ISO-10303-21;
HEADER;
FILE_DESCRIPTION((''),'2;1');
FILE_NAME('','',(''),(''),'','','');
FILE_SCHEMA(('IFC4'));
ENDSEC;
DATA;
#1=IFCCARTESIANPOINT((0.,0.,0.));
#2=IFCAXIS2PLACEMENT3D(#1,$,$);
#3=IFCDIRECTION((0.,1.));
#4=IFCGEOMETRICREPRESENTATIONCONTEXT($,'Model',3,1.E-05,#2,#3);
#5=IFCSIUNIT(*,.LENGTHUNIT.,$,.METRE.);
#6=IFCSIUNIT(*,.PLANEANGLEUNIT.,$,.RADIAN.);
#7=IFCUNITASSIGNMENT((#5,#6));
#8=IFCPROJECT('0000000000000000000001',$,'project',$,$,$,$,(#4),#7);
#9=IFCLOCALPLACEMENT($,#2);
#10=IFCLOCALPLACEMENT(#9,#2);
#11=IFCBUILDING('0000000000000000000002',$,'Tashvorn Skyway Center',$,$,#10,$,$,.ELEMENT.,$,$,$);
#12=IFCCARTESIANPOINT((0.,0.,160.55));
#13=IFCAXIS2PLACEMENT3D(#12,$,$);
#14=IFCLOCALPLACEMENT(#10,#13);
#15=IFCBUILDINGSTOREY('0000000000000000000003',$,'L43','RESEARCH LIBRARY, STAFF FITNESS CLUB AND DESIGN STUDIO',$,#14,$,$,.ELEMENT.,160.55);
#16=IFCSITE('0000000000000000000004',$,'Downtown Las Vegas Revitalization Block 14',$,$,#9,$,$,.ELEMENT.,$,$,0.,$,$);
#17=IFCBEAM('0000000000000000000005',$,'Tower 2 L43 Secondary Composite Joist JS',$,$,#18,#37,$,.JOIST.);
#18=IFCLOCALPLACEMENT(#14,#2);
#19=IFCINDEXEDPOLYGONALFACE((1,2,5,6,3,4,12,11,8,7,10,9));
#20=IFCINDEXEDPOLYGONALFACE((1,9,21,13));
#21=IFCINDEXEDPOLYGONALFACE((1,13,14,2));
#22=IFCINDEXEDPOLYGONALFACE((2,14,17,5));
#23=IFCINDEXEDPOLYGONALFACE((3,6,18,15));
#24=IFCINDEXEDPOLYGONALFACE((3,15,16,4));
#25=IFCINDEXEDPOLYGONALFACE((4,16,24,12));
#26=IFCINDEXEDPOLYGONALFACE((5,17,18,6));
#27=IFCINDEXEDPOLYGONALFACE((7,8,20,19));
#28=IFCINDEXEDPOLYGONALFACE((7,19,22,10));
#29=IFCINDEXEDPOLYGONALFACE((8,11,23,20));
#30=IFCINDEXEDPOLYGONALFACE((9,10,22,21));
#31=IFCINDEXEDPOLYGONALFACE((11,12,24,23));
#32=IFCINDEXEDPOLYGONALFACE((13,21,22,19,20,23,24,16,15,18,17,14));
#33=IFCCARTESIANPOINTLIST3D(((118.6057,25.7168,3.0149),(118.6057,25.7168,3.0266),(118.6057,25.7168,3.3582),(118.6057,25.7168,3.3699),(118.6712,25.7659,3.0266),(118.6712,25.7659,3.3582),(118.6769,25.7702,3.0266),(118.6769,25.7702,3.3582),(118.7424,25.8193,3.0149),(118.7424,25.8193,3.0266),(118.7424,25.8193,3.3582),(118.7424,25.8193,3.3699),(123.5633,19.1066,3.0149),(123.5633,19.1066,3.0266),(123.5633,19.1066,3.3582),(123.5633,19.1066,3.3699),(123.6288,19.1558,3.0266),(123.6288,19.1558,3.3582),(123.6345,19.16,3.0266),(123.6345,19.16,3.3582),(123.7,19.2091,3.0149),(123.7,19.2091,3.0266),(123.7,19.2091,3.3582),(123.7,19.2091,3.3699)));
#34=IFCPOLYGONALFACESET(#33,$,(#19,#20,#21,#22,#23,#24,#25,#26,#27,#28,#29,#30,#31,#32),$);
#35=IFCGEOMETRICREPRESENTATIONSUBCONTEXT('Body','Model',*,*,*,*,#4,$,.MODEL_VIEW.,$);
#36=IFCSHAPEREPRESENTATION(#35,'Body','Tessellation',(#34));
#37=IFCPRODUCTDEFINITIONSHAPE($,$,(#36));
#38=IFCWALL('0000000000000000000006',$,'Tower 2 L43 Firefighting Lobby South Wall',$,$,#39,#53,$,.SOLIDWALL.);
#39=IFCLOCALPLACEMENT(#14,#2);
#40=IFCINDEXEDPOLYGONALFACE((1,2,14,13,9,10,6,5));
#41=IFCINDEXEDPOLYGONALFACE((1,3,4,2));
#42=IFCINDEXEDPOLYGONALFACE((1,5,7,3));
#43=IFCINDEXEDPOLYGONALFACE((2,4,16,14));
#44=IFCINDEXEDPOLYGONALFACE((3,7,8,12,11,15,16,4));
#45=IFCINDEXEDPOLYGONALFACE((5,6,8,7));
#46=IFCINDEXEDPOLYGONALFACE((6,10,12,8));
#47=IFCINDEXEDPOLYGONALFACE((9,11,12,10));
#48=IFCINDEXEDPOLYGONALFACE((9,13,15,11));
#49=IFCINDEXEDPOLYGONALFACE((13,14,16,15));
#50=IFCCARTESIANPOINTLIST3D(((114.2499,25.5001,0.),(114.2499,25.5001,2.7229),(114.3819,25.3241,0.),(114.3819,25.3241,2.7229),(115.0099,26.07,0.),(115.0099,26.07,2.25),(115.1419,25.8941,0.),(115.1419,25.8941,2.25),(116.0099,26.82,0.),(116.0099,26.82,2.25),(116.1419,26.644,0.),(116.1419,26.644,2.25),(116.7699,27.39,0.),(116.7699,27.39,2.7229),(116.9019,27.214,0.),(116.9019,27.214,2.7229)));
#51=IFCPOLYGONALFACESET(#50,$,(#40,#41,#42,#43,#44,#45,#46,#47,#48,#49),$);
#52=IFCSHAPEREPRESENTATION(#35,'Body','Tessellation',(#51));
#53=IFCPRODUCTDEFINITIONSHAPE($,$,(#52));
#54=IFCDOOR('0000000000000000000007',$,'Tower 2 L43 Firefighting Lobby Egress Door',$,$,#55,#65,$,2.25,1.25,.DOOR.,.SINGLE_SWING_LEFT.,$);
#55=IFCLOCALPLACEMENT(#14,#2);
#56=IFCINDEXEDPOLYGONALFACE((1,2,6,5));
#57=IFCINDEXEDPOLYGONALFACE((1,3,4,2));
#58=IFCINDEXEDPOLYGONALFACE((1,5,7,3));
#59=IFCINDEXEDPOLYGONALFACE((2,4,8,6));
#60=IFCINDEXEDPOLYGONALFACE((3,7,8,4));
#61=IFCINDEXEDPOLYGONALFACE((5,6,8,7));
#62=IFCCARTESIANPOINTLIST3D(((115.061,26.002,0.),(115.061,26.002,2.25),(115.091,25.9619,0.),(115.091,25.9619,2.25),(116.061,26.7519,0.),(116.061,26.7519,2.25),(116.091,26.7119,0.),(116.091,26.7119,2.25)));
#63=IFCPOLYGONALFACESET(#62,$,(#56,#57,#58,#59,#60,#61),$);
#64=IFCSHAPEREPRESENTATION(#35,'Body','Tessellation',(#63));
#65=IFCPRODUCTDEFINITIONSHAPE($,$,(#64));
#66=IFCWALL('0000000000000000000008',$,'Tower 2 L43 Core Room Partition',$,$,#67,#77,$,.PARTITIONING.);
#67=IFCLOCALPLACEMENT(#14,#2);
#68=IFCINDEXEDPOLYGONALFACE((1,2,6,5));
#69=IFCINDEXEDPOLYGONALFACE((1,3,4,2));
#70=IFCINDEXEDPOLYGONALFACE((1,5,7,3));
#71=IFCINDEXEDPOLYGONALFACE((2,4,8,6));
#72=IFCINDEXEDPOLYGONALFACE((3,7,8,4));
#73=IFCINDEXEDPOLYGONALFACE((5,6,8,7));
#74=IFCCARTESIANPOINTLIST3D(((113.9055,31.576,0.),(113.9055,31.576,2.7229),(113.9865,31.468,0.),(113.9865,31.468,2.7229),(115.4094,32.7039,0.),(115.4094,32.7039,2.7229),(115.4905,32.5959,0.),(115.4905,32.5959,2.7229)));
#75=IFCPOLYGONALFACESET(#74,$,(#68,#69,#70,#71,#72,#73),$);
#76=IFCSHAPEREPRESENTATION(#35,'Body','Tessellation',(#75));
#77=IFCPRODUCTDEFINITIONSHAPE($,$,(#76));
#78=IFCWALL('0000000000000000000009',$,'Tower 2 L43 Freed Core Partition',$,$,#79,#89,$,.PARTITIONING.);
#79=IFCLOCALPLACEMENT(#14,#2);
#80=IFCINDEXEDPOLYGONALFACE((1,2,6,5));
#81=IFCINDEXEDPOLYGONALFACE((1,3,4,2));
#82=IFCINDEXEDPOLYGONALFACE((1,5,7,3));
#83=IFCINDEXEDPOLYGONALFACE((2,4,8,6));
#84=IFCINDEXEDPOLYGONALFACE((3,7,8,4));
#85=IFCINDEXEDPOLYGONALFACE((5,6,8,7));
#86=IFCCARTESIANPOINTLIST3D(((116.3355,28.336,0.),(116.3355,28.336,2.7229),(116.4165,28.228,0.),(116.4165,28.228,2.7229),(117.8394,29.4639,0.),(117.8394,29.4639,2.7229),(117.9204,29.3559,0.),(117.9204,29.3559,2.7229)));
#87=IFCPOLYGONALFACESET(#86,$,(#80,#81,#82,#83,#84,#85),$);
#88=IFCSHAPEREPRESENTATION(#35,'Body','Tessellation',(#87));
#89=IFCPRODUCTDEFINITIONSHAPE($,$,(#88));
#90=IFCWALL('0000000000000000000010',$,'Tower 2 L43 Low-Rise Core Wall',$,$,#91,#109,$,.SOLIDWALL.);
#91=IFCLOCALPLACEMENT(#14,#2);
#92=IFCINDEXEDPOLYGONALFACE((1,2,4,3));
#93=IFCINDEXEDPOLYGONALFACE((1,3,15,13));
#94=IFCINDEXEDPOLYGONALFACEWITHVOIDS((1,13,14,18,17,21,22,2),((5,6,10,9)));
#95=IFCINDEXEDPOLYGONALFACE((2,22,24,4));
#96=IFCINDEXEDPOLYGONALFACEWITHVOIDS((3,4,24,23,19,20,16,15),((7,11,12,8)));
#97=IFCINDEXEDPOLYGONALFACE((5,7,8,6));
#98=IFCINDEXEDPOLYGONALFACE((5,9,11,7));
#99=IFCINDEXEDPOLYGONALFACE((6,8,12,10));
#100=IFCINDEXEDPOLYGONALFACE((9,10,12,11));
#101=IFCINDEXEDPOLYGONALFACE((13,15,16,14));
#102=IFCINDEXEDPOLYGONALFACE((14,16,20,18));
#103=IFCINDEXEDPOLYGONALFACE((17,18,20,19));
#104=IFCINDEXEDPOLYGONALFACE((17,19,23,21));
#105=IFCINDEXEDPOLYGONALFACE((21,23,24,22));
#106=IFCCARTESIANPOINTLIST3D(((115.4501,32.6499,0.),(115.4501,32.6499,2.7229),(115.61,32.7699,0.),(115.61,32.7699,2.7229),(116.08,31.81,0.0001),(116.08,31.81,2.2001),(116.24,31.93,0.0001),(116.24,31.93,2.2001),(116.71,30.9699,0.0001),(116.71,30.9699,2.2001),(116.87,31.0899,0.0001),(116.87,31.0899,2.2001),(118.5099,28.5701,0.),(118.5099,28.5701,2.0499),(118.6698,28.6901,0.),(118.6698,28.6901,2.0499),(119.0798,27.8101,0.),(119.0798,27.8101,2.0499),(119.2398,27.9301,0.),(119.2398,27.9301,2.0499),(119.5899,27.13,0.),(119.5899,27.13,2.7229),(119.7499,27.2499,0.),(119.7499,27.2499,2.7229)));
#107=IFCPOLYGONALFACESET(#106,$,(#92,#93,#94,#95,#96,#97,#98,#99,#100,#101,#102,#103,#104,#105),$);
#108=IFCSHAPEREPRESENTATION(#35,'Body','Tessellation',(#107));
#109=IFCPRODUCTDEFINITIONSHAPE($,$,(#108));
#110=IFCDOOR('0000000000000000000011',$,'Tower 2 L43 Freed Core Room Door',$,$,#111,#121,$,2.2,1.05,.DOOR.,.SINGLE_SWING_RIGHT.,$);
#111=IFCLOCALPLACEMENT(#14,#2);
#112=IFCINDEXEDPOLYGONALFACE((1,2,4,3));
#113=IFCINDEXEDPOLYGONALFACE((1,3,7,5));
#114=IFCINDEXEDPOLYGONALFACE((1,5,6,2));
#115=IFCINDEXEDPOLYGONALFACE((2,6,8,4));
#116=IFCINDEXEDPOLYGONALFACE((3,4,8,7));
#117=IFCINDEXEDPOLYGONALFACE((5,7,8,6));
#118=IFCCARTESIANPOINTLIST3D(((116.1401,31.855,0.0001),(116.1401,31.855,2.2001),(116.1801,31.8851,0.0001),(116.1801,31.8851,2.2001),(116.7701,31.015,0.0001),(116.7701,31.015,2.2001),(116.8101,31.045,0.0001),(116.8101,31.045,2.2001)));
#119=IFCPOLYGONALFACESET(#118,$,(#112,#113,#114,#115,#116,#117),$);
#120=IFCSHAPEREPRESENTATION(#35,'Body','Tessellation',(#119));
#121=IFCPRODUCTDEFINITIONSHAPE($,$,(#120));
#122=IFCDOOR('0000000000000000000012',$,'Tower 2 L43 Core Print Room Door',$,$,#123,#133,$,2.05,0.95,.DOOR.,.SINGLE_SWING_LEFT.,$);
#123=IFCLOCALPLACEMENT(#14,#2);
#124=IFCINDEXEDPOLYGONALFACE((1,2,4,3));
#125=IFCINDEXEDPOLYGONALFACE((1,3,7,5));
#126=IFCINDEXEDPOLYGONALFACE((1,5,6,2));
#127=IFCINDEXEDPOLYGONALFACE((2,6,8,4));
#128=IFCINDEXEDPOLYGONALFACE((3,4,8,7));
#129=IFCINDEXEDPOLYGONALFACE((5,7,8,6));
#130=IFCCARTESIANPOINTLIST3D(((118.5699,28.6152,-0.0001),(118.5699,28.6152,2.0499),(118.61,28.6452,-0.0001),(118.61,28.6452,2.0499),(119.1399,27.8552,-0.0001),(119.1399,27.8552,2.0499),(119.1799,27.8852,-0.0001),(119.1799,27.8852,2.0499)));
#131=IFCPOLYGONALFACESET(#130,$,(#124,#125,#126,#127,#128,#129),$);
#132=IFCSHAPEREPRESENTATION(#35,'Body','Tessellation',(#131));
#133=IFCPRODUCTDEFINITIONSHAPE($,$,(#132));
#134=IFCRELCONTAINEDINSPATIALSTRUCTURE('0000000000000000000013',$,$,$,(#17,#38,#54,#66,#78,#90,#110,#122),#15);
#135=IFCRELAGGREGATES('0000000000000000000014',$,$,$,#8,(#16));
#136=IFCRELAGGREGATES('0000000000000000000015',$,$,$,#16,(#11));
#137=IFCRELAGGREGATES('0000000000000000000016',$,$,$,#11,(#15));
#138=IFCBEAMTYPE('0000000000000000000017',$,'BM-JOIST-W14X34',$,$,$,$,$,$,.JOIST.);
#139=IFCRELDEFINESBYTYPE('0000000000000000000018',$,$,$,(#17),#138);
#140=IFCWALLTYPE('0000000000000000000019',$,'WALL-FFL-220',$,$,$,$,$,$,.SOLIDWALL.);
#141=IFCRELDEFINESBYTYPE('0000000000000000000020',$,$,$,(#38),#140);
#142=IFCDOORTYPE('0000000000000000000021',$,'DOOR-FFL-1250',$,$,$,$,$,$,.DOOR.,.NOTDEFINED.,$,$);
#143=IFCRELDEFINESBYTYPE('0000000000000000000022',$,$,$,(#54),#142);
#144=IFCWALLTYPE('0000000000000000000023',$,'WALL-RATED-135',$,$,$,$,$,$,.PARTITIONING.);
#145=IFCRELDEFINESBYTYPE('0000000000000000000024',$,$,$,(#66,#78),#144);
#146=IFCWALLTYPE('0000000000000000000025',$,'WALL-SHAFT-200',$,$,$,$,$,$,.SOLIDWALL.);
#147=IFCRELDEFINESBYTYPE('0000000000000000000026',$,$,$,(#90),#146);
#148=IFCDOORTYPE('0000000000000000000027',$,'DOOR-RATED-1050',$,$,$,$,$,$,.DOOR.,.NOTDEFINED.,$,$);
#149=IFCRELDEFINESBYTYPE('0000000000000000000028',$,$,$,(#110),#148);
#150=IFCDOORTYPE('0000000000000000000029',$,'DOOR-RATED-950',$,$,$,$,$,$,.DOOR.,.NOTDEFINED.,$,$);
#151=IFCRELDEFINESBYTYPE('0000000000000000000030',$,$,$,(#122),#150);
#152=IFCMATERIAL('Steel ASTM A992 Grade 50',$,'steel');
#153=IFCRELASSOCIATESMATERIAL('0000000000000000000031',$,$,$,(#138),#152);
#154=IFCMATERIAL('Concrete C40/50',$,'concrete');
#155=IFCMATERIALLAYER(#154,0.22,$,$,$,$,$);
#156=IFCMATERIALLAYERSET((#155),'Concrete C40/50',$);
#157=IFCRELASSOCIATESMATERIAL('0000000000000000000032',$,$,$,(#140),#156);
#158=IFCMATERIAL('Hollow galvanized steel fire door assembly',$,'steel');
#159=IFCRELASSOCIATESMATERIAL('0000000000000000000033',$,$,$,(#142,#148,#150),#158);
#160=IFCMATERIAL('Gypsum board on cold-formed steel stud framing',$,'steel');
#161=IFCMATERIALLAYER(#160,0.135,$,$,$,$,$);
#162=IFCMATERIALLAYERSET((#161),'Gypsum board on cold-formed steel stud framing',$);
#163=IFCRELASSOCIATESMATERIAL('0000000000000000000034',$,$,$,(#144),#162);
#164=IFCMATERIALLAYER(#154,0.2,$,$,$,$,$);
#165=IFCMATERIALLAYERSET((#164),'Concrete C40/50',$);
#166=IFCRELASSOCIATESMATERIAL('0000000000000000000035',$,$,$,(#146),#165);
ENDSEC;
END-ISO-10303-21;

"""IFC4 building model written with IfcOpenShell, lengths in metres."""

from ifc_helpers import new_model, si_unit, direction, frame, frame_2d, origin, origin_2d, place, context, subcontext, project, spatial, rectangle, i_section, extrude, material, layer, layer_set, material_profile, profile_set, type_object, element, fill, save


model = new_model("IFC4")

# Units and contexts
model_context = context("Model", 3, precision=1e-05, world=origin(), true_north=direction((0.0, 1.0)))
body_context = subcontext(model_context, "Body", "Model", "MODEL_VIEW")
ifc_project = project(units=[si_unit("LENGTHUNIT", "METRE"), si_unit("PLANEANGLEUNIT", "RADIAN")], contexts=[model_context])

# Site, building, storey
site_placement = place(None, origin())
site = spatial("IfcSite", under=ifc_project, at=site_placement, Name="Downtown Las Vegas Revitalization Block 14", CompositionType="ELEMENT", RefElevation=0.0)
building_placement = place(site_placement, origin())
building = spatial("IfcBuilding", under=site, at=building_placement, Name="Tashvorn Skyway Center", CompositionType="ELEMENT")
storey_placement = place(building_placement, frame((0.0, 0.0, 160.55)))
storey = spatial("IfcBuildingStorey", under=building, at=storey_placement, Name="L43", Description="RESEARCH LIBRARY, STAFF FITNESS CLUB AND DESIGN STUDIO", CompositionType="ELEMENT", Elevation=160.55)

# Beam
ifc_material_1 = material(Name="Steel ASTM A992 Grade 50", Category="steel")
ifc_material_profile = material_profile(ifc_material_1, i_section(OverallWidth=0.1709, OverallDepth=0.355, WebThickness=0.0071, FlangeThickness=0.0117, at=origin_2d()), Name="W14X34")
ifc_profile_set = profile_set([ifc_material_profile], Name="Steel ASTM A992 Grade 50")
beam_type = type_object("IfcBeamType", Name="BM-JOIST-W14X34", PredefinedType="JOIST", material=ifc_profile_set)
beam_placement = place(storey_placement, frame((118.6741, 25.7681, 3.1924), z_axis=(0.599995, -0.800004, 0.0), x_axis=(0.800004, 0.599995, 0.0)))
element("IfcBeam", 1, at=beam_placement, inside=storey, type_object=beam_type, Name="Tower 2 L43 Secondary Composite Joist JS", PredefinedType="JOIST", context=body_context, shape_type="SweptSolid", body=[
    extrude(i_section(OverallWidth=0.1709, OverallDepth=0.355, WebThickness=0.0071, FlangeThickness=0.0117, at=origin_2d()), origin(), (0.0, 0.0, 1.0), 8.2627),
])

# Wall, opening, door
ifc_material_2 = material(Name="Concrete C40/50", Category="concrete")
ifc_layer_1 = layer(ifc_material_2, 0.22)
ifc_layer_set_1 = layer_set([ifc_layer_1], Name="Concrete C40/50")
wall_type_1 = type_object("IfcWallType", Name="WALL-FFL-220", PredefinedType="SOLIDWALL", material=ifc_layer_set_1)
wall_1_placement = place(storey_placement, frame((114.3159, 25.4121, 0.0), z_axis=(0.0, 0.0, 1.0), x_axis=(0.800019, 0.599975, 0.0)))
wall_1 = element("IfcWall", 2, at=wall_1_placement, inside=storey, type_object=wall_type_1, Name="Tower 2 L43 Firefighting Lobby South Wall", PredefinedType="SOLIDWALL", context=body_context, shape_type="SweptSolid", body=[
    extrude(rectangle(XDim=3.1499, YDim=0.22, at=frame_2d((1.575, 0.0))), origin(), (0.0, 0.0, 1.0), 2.7229),
])
opening_1_placement = place(wall_1_placement, frame((0.95, 0.0, 0.0)))
opening_1 = element("IfcOpeningElement", 3, at=opening_1_placement, cuts=wall_1, PredefinedType="OPENING", context=body_context, shape_type="SweptSolid", body=[
    extrude(rectangle(XDim=1.25, YDim=2.25, at=frame_2d((0.625, 1.125))), frame((0.0, 0.1199, 0.0), z_axis=(0.0, -1.0, 0.0), x_axis=(1.0, 0.0, 0.0)), (0.0, 0.0, 1.0), 0.24),
])
ifc_material_3 = material(Name="Hollow galvanized steel fire door assembly", Category="steel")
door_type_1 = type_object("IfcDoorType", Name="DOOR-FFL-1250", OperationType="NOTDEFINED", PredefinedType="DOOR", material=ifc_material_3)
door_1_placement = place(opening_1_placement, origin())
door_1 = element("IfcDoor", 4, at=door_1_placement, inside=storey, type_object=door_type_1, Name="Tower 2 L43 Firefighting Lobby Egress Door", OperationType="SINGLE_SWING_LEFT", OverallHeight=2.25, OverallWidth=1.25, PredefinedType="DOOR", context=body_context, shape_type="SweptSolid", body=[
    extrude(rectangle(XDim=1.25, YDim=2.25, at=frame_2d((0.625, 1.125))), frame((0.0, 0.0249, 0.0), z_axis=(0.0, -1.0, 0.0), x_axis=(1.0, 0.0, 0.0)), (0.0, 0.0, 1.0), 0.05),
])
fill(opening_1, door_1)

# Walls
ifc_material_4 = material(Name="Gypsum board on cold-formed steel stud framing", Category="steel")
ifc_layer_2 = layer(ifc_material_4, 0.135)
ifc_layer_set_2 = layer_set([ifc_layer_2], Name="Gypsum board on cold-formed steel stud framing")
wall_type_2 = type_object("IfcWallType", Name="WALL-RATED-135", PredefinedType="PARTITIONING", material=ifc_layer_set_2)
for number, where, z_axis, x_axis, name in (
    (5, (113.946, 31.522, 0.0), (0.0, 0.0, 1.0), (0.8, 0.6, 0.0), "Tower 2 L43 Core Room Partition"),
    (6, (116.376, 28.282, 0.0), (0.0, 0.0, 1.0), (0.8, 0.6, 0.0), "Tower 2 L43 Freed Core Partition"),
):
    element("IfcWall", number, at=place(storey_placement, frame(where, z_axis=z_axis, x_axis=x_axis)), inside=storey, type_object=wall_type_2, Name=name, PredefinedType="PARTITIONING", context=body_context, shape_type="SweptSolid", body=[
        extrude(rectangle(XDim=1.8799, YDim=0.135, at=frame_2d((0.9399, 0.0))), origin(), (0.0, 0.0, 1.0), 2.7229),
    ])

# Wall, openings, doors
ifc_layer_3 = layer(ifc_material_2, 0.2)
ifc_layer_set_3 = layer_set([ifc_layer_3], Name="Concrete C40/50")
wall_type_3 = type_object("IfcWallType", Name="WALL-SHAFT-200", PredefinedType="SOLIDWALL", material=ifc_layer_set_3)
wall_2_placement = place(storey_placement, frame((119.6699, 27.1899, 0.0), z_axis=(0.0, 0.0, 1.0), x_axis=(-0.599989, 0.800008, 0.0)))
wall_2 = element("IfcWall", 7, at=wall_2_placement, inside=storey, type_object=wall_type_3, Name="Tower 2 L43 Low-Rise Core Wall", PredefinedType="SOLIDWALL", context=body_context, shape_type="SweptSolid", body=[
    extrude(rectangle(XDim=6.8999, YDim=0.2, at=frame_2d((3.45, 0.0))), origin(), (0.0, 0.0, 1.0), 2.7229),
])
opening_2_placement = place(wall_2_placement, frame((0.8501, 0.0, 0.0)))
opening_2 = element("IfcOpeningElement", 8, at=opening_2_placement, cuts=wall_2, PredefinedType="OPENING", context=body_context, shape_type="SweptSolid", body=[
    extrude(rectangle(XDim=0.95, YDim=2.05, at=frame_2d((0.4751, 1.0249))), frame((0.0, 0.1099, 0.0), z_axis=(0.0, -1.0, 0.0), x_axis=(1.0, 0.0, 0.0)), (0.0, 0.0, 1.0), 0.22),
])
opening_3_placement = place(wall_2_placement, frame((4.8, 0.0, 0.0)))
opening_3 = element("IfcOpeningElement", 9, at=opening_3_placement, cuts=wall_2, PredefinedType="OPENING", context=body_context, shape_type="SweptSolid", body=[
    extrude(rectangle(XDim=1.05, YDim=2.2, at=frame_2d((0.5249, 1.1001))), frame((0.0, 0.1099, 0.0), z_axis=(0.0, -1.0, 0.0), x_axis=(1.0, 0.0, 0.0)), (0.0, 0.0, 1.0), 0.22),
])
door_type_2 = type_object("IfcDoorType", Name="DOOR-RATED-1050", OperationType="NOTDEFINED", PredefinedType="DOOR", material=ifc_material_3)
door_2_placement = place(opening_3_placement, origin())
door_2 = element("IfcDoor", 10, at=door_2_placement, inside=storey, type_object=door_type_2, Name="Tower 2 L43 Freed Core Room Door", OperationType="SINGLE_SWING_RIGHT", OverallHeight=2.2, OverallWidth=1.05, PredefinedType="DOOR", context=body_context, shape_type="SweptSolid", body=[
    extrude(rectangle(XDim=1.05, YDim=2.2, at=frame_2d((0.5249, 1.1001))), frame((0.0, 0.0249, 0.0), z_axis=(0.0, -1.0, 0.0), x_axis=(1.0, 0.0, 0.0)), (0.0, 0.0, 1.0), 0.05),
])
fill(opening_3, door_2)
door_type_3 = type_object("IfcDoorType", Name="DOOR-RATED-950", OperationType="NOTDEFINED", PredefinedType="DOOR", material=ifc_material_3)
door_3_placement = place(opening_2_placement, origin())
door_3 = element("IfcDoor", 11, at=door_3_placement, inside=storey, type_object=door_type_3, Name="Tower 2 L43 Core Print Room Door", OperationType="SINGLE_SWING_LEFT", OverallHeight=2.05, OverallWidth=0.95, PredefinedType="DOOR", context=body_context, shape_type="SweptSolid", body=[
    extrude(rectangle(XDim=0.95, YDim=2.05, at=frame_2d((0.4751, 1.0249))), frame((0.0, 0.0249, 0.0), z_axis=(0.0, -1.0, 0.0), x_axis=(1.0, 0.0, 0.0)), (0.0, 0.0, 1.0), 0.05),
])
fill(opening_2, door_3)

save(model, "model.ifc")
